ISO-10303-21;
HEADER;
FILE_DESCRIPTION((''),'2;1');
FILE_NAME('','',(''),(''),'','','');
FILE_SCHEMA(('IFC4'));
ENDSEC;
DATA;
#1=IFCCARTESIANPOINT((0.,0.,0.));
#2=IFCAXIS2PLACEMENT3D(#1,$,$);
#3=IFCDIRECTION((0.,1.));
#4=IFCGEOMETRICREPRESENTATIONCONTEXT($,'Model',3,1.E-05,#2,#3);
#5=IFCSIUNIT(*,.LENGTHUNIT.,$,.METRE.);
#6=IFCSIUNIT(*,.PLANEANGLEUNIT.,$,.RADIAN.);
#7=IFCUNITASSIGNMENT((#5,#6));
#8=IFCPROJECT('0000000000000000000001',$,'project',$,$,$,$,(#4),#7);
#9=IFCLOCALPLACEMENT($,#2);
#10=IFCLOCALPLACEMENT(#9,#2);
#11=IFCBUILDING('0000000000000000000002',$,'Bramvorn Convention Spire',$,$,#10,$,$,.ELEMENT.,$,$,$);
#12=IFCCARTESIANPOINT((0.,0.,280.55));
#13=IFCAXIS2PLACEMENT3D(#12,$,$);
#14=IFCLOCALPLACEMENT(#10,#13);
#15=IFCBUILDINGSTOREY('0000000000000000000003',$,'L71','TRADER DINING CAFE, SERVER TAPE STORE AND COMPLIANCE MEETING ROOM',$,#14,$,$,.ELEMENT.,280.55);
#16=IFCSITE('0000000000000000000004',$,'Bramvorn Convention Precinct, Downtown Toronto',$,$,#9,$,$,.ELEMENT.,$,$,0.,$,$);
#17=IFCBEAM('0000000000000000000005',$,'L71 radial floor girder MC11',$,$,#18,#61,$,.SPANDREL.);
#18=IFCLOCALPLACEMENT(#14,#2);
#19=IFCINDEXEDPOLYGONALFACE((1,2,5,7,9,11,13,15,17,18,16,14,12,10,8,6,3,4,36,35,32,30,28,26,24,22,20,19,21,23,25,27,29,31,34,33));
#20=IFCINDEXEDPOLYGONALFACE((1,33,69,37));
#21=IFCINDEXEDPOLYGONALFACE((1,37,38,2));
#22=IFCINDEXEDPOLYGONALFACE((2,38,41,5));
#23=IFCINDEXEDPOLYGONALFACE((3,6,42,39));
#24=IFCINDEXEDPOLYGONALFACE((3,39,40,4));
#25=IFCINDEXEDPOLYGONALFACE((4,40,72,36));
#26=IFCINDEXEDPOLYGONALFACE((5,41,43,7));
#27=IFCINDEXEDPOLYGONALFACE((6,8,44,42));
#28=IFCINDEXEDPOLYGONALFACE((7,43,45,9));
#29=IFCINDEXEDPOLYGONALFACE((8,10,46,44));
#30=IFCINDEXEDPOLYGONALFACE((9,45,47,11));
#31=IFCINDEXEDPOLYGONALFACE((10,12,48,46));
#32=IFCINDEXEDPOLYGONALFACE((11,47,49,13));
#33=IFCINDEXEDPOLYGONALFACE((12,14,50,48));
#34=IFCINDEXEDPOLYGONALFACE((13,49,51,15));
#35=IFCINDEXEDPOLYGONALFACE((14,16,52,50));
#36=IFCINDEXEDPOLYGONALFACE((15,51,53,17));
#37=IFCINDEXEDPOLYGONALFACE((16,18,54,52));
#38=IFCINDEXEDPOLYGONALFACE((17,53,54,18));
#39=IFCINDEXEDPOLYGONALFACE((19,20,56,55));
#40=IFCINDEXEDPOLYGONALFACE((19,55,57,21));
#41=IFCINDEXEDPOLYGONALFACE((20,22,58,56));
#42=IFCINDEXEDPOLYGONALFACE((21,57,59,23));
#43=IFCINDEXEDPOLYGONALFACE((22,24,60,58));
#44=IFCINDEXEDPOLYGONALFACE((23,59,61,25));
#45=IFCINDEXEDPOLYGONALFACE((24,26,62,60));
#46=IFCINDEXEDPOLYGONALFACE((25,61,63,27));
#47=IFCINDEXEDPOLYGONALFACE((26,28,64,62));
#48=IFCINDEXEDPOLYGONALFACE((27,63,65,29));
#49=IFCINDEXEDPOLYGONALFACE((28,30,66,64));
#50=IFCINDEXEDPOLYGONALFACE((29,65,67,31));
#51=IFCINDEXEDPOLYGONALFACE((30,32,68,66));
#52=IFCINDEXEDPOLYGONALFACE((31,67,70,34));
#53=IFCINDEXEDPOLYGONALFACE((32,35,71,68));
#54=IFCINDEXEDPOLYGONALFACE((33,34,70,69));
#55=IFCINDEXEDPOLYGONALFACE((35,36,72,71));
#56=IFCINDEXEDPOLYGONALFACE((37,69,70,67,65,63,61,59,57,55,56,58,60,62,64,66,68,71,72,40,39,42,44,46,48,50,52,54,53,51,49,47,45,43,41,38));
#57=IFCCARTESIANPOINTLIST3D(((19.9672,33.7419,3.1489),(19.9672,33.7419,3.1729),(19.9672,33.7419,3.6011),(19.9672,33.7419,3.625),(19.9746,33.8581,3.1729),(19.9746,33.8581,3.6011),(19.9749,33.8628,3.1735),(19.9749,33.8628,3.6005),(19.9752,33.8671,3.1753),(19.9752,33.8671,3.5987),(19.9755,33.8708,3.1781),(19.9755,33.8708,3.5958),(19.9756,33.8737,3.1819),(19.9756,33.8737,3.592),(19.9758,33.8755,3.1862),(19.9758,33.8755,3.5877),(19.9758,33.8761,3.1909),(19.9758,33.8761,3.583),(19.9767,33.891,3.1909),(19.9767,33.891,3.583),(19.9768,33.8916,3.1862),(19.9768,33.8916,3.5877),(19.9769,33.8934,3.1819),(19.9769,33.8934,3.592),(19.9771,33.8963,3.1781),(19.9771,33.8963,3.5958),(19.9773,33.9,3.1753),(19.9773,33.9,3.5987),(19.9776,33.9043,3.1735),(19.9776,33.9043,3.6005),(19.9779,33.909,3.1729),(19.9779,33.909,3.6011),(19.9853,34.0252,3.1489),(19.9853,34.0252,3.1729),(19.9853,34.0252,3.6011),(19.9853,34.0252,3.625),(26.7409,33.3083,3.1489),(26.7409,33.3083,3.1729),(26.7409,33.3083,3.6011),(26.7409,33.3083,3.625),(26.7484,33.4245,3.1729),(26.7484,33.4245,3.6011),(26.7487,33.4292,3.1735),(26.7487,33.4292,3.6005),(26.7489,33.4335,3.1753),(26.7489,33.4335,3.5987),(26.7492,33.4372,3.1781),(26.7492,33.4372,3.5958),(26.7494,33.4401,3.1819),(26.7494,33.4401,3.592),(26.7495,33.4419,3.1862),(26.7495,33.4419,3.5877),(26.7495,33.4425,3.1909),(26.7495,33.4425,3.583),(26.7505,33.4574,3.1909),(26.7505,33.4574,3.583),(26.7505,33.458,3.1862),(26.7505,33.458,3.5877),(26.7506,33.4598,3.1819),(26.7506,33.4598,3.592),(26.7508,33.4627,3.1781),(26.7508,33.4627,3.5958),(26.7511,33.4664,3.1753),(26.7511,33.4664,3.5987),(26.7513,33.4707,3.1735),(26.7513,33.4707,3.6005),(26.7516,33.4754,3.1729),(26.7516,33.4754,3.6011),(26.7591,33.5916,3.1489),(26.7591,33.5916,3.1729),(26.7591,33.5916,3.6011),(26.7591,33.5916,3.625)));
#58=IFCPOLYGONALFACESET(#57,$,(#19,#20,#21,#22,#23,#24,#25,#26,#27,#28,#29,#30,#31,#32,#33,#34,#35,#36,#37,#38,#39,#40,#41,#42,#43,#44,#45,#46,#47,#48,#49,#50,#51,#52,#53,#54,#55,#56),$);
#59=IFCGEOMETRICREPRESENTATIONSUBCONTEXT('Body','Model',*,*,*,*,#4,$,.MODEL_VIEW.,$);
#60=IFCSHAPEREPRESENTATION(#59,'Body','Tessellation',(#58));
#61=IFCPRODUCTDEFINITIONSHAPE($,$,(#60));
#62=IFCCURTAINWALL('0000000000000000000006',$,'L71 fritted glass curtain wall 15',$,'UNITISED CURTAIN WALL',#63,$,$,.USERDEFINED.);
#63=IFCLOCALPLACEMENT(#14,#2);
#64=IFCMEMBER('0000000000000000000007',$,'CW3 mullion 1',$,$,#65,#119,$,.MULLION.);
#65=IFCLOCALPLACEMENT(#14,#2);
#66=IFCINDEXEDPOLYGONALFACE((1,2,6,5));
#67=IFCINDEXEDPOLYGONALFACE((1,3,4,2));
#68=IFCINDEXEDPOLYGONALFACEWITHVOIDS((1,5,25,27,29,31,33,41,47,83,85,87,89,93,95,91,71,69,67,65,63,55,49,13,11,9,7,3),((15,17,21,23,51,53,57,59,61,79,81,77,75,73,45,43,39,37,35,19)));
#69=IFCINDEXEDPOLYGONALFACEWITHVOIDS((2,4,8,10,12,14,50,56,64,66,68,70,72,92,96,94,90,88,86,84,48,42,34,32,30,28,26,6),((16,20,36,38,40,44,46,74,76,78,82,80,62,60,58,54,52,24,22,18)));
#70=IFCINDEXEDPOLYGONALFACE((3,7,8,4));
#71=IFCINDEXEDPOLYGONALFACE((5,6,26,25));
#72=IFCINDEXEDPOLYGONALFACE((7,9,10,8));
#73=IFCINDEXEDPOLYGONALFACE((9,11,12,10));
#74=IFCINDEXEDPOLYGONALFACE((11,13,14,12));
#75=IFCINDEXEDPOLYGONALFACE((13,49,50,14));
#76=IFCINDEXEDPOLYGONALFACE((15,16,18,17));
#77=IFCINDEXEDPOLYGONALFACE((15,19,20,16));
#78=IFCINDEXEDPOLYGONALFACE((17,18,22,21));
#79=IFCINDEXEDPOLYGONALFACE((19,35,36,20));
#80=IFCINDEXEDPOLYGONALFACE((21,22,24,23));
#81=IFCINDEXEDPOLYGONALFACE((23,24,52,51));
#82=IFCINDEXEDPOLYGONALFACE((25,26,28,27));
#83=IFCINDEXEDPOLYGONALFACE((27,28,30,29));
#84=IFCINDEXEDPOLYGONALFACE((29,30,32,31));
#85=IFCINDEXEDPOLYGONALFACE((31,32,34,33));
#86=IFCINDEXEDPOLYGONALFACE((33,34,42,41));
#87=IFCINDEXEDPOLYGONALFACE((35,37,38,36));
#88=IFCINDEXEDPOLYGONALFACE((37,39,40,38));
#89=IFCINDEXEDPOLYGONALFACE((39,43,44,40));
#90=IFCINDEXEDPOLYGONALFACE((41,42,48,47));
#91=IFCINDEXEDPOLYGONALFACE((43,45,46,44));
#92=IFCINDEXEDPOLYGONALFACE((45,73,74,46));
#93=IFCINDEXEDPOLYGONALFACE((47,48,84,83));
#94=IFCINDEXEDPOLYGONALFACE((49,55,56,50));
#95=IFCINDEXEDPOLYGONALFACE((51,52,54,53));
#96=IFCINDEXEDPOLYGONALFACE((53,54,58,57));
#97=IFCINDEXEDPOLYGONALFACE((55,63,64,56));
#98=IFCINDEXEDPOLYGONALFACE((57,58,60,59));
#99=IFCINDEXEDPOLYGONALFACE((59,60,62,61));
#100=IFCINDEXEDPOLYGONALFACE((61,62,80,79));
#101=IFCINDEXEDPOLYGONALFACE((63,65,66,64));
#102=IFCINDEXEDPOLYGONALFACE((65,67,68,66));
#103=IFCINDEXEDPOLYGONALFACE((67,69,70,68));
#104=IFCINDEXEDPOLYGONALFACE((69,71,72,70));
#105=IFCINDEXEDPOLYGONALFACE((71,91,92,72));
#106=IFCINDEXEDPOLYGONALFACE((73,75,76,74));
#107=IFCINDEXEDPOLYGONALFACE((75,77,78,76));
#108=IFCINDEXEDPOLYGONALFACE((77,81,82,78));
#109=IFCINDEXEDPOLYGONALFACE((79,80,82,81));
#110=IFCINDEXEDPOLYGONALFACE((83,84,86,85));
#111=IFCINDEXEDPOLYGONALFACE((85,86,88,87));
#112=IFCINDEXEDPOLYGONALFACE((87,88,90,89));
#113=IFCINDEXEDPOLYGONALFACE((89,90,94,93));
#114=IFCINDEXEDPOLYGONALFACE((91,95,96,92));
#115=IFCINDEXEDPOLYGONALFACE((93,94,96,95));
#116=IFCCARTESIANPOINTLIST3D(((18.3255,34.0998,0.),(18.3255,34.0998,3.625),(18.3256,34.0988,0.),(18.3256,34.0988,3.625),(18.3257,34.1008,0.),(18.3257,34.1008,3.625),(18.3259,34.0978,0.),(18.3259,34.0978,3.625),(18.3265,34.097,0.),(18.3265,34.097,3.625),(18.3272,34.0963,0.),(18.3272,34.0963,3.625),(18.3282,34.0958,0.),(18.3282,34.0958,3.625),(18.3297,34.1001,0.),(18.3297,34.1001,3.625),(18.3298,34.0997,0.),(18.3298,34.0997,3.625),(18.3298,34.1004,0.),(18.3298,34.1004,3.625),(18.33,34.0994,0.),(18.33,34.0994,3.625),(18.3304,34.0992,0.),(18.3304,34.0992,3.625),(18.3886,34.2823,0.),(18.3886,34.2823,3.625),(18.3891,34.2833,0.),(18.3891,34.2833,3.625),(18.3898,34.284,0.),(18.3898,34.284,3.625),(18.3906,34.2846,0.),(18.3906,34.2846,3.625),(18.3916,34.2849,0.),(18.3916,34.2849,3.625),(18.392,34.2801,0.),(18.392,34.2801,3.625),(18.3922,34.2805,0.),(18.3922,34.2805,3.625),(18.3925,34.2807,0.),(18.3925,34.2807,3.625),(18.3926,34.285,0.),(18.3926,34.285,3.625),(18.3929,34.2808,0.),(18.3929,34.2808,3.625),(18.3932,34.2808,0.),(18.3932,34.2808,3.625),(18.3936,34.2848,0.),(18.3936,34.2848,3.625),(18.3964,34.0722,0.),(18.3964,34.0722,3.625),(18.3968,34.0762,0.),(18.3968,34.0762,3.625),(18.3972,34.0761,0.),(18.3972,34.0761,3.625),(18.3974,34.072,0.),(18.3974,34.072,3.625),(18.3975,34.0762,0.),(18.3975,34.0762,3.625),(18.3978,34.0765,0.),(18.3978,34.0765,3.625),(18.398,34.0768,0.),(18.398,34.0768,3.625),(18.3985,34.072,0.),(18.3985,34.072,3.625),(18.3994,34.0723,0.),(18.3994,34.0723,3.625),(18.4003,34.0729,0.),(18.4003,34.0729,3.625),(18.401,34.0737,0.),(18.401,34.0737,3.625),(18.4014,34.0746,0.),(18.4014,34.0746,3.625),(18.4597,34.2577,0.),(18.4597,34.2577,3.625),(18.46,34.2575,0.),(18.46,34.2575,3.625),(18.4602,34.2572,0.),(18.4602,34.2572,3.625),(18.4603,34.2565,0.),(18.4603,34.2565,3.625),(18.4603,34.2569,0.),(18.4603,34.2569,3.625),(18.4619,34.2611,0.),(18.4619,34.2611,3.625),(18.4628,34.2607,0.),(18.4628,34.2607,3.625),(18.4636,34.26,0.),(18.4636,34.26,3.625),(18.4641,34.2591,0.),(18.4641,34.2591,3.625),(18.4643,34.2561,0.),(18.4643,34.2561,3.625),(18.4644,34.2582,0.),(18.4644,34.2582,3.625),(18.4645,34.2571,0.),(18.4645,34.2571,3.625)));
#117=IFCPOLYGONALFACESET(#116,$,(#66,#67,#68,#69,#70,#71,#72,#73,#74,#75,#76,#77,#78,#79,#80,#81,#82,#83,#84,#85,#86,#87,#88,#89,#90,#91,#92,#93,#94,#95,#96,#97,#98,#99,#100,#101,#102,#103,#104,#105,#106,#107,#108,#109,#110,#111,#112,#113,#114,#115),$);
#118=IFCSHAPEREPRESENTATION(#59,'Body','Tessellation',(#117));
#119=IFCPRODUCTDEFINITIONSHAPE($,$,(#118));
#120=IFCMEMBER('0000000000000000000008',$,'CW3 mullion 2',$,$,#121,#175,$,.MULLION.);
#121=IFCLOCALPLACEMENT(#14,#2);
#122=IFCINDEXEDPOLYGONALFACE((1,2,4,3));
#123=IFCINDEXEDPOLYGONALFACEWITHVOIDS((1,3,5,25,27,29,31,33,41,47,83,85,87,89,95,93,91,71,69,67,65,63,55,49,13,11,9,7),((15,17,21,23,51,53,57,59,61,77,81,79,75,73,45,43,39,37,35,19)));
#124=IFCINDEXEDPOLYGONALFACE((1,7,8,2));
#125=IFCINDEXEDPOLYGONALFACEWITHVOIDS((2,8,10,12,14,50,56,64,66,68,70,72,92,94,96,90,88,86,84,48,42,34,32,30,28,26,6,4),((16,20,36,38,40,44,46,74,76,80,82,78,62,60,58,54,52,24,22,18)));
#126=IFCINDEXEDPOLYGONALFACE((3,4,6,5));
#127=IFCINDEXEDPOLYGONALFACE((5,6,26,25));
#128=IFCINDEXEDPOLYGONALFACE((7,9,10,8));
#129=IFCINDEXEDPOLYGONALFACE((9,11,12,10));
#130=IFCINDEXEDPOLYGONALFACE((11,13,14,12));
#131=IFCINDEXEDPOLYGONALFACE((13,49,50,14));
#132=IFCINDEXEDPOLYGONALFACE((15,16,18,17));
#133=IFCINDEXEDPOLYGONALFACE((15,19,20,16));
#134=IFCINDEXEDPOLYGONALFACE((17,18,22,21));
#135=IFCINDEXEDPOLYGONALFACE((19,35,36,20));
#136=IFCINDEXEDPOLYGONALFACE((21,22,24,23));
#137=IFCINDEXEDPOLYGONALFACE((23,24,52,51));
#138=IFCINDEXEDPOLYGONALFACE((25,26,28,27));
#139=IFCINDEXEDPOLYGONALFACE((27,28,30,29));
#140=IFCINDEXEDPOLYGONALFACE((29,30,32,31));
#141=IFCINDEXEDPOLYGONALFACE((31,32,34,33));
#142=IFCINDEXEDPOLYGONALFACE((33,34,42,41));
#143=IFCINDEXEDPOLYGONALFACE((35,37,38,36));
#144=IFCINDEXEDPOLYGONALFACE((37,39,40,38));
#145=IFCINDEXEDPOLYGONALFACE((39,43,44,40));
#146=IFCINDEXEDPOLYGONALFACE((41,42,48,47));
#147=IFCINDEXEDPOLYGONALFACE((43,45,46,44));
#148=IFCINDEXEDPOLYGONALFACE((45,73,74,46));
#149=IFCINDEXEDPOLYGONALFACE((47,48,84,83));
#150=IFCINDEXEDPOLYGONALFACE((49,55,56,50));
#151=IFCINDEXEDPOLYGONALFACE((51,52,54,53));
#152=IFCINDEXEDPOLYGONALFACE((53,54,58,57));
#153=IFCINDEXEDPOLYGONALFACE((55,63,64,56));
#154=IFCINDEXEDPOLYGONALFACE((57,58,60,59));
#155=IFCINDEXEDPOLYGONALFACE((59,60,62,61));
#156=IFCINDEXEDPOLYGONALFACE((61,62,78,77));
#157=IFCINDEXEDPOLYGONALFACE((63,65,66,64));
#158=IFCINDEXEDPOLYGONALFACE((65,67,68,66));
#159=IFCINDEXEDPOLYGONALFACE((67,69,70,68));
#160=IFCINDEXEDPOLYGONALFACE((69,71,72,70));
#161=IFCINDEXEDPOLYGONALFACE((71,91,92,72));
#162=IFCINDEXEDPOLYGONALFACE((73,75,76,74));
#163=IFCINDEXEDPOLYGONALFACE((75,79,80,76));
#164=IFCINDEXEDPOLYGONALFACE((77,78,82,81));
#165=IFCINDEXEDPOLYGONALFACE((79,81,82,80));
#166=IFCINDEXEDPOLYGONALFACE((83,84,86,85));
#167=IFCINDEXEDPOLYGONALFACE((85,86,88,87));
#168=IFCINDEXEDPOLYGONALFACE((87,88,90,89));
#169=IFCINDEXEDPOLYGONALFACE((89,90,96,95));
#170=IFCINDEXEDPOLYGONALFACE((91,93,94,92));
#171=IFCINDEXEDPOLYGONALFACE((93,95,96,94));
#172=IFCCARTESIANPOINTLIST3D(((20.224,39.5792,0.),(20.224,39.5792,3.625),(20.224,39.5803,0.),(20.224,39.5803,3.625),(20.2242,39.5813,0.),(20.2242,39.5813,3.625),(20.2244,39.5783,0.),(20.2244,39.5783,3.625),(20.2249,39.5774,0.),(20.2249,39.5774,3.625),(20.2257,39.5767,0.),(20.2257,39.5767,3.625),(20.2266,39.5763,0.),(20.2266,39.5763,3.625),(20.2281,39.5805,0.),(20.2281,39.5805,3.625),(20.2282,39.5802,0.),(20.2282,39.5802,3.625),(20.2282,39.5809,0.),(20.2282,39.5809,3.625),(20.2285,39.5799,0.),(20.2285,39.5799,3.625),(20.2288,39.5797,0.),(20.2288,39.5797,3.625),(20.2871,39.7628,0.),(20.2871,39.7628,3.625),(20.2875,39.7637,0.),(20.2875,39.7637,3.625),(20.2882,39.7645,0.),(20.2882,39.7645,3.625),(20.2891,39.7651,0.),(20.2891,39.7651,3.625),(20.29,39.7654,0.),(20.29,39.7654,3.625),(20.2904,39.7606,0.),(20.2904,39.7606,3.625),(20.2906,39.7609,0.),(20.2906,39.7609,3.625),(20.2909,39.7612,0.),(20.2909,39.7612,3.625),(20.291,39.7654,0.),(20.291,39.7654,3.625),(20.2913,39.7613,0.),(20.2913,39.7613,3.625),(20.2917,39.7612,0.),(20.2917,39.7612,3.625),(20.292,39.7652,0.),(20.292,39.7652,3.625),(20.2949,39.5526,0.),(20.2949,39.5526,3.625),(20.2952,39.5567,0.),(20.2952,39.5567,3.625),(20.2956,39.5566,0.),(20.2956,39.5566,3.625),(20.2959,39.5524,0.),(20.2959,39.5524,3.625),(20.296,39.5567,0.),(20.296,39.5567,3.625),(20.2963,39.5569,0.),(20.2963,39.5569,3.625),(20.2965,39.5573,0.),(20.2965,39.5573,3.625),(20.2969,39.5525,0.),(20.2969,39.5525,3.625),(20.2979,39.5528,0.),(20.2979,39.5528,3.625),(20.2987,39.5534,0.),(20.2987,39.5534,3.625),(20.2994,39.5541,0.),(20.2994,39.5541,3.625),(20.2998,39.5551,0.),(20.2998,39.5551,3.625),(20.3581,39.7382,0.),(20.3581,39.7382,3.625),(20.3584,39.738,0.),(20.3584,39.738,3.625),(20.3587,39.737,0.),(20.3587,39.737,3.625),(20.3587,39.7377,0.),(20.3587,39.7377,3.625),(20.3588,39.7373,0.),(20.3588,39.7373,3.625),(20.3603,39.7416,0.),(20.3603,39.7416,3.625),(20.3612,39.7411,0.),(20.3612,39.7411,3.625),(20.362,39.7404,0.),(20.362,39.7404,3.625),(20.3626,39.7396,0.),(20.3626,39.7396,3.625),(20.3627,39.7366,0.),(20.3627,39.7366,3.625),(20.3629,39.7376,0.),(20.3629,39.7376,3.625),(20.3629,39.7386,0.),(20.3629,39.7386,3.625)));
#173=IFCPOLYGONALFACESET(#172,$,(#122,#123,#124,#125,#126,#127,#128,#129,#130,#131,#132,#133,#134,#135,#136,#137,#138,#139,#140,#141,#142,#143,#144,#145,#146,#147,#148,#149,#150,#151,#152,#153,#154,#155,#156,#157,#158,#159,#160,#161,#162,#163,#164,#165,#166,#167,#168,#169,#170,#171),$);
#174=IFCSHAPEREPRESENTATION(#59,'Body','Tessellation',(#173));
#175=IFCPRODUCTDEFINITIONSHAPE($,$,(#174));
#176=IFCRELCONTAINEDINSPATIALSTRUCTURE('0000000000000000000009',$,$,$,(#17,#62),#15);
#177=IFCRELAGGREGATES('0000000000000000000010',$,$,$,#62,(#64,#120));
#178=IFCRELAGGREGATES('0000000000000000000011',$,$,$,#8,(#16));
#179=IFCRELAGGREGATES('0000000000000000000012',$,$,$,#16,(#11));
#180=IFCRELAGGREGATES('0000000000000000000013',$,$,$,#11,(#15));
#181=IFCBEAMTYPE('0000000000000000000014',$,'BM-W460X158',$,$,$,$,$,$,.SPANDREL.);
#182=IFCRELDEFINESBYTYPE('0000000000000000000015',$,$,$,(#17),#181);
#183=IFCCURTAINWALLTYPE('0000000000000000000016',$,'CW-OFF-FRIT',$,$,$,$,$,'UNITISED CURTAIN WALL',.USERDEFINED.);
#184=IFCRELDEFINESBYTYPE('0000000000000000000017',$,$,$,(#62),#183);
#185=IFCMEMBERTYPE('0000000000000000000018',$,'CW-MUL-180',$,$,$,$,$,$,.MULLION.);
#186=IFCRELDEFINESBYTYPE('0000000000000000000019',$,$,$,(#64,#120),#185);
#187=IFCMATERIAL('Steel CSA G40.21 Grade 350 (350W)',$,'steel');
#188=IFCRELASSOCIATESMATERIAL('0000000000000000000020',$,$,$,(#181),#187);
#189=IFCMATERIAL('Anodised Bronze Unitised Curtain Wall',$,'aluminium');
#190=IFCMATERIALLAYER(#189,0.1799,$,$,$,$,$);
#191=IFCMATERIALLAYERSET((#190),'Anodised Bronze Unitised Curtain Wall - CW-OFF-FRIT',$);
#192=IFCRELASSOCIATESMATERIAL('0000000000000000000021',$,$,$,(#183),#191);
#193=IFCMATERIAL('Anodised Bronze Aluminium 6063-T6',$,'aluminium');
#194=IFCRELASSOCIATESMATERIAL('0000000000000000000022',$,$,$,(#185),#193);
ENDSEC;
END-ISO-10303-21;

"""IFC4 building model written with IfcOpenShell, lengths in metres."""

from ifc_helpers import new_model, si_unit, direction, frame, origin, origin_2d, place, context, subcontext, project, spatial, hollow_rectangle, i_section, extrude, material, layer, layer_set, material_profile, profile_set, type_object, element, aggregate, save


model = new_model("IFC4")

# Units and contexts
model_context = context("Model", 3, precision=1e-05, world=origin(), true_north=direction((0.0, 1.0)))
body_context = subcontext(model_context, "Body", "Model", "MODEL_VIEW")
ifc_project = project(units=[si_unit("LENGTHUNIT", "METRE"), si_unit("PLANEANGLEUNIT", "RADIAN")], contexts=[model_context])

# Site, building, storey
site_placement = place(None, origin())
site = spatial("IfcSite", under=ifc_project, at=site_placement, Name="Bramvorn Convention Precinct, Downtown Toronto", CompositionType="ELEMENT", RefElevation=0.0)
building_placement = place(site_placement, origin())
building = spatial("IfcBuilding", under=site, at=building_placement, Name="Bramvorn Convention Spire", CompositionType="ELEMENT")
storey_placement = place(building_placement, frame((0.0, 0.0, 280.55)))
storey = spatial("IfcBuildingStorey", under=building, at=storey_placement, Name="L71", Description="TRADER DINING CAFE, SERVER TAPE STORE AND COMPLIANCE MEETING ROOM", CompositionType="ELEMENT", Elevation=280.55)

# Shared definitions
ifc_material_1 = material(Name="Steel CSA G40.21 Grade 350 (350W)", Category="steel")

# Beam
ifc_material_profile_1 = material_profile(ifc_material_1, i_section(OverallWidth=0.2839, OverallDepth=0.4761, WebThickness=0.0149, FlangeThickness=0.0239, FilletRadius=0.0181, at=origin_2d()))
ifc_profile_set_1 = profile_set([ifc_material_profile_1], Name="Steel CSA G40.21 Grade 350 (350W) - W460X158")
beam_type_1 = type_object("IfcBeamType", Name="BM-W460X158", PredefinedType="SPANDREL", material=ifc_profile_set_1)
beam_1_placement = place(storey_placement, frame((26.75, 33.45, 3.387), z_axis=(-0.997958, 0.063881, 0.0), x_axis=(-0.063881, -0.997958, 0.0)))
element("IfcBeam", 1, at=beam_1_placement, inside=storey, type_object=beam_type_1, Name="L71 radial floor girder MC11", PredefinedType="SPANDREL", context=body_context, shape_type="SweptSolid", body=[
    extrude(i_section(OverallWidth=0.2839, OverallDepth=0.4761, WebThickness=0.0149, FlangeThickness=0.0239, FilletRadius=0.0181, at=origin_2d()), origin(), (0.0, 0.0, 1.0), 6.7876),
])

# Curtain wall, members
ifc_material_2 = material(Name="Anodised Bronze Unitised Curtain Wall", Category="aluminium")
ifc_layer_1 = layer(ifc_material_2, 0.1799)
ifc_layer_set_1 = layer_set([ifc_layer_1], Name="Anodised Bronze Unitised Curtain Wall - CW-OFF-FRIT")
curtain_wall_type = type_object("IfcCurtainWallType", Name="CW-OFF-FRIT", ElementType="UNITISED CURTAIN WALL", PredefinedType="USERDEFINED", material=ifc_layer_set_1)
curtain_wall_placement = place(storey_placement, origin())
curtain_wall = element("IfcCurtainWall", 2, at=curtain_wall_placement, inside=storey, type_object=curtain_wall_type, Name="L71 fritted glass curtain wall 15", ObjectType="UNITISED CURTAIN WALL", PredefinedType="USERDEFINED")
ifc_material_3 = material(Name="Anodised Bronze Aluminium 6063-T6", Category="aluminium")
ifc_material_profile_2 = material_profile(ifc_material_3, hollow_rectangle(XDim=0.0801, YDim=0.2, WallThickness=0.0039, InnerFilletRadius=0.001, OuterFilletRadius=0.0039, at=origin_2d()))
ifc_profile_set_2 = profile_set([ifc_material_profile_2], Name="Anodised Bronze Aluminium 6063-T6 - CWM80X200")
member_type_1 = type_object("IfcMemberType", Name="CW-MUL-180", PredefinedType="MULLION", material=ifc_profile_set_2)
member_1_placement = place(storey_placement, frame((18.395, 34.1785, 0.0), z_axis=(0.0, 0.0, 1.0), x_axis=(-0.944919, 0.327305, 0.0)))
member_1 = element("IfcMember", 3, at=member_1_placement, type_object=member_type_1, Name="CW3 mullion 1", PredefinedType="MULLION", context=body_context, shape_type="SweptSolid", body=[
    extrude(hollow_rectangle(XDim=0.0801, YDim=0.2, WallThickness=0.0039, InnerFilletRadius=0.001, OuterFilletRadius=0.0039, at=origin_2d()), origin(), (0.0, 0.0, 1.0), 3.625),
])
member_2_placement = place(storey_placement, frame((20.2935, 39.6589, 0.0), z_axis=(0.0, 0.0, 1.0), x_axis=(-0.944919, 0.327305, 0.0)))
member_2 = element("IfcMember", 4, at=member_2_placement, type_object=member_type_1, Name="CW3 mullion 2", PredefinedType="MULLION", context=body_context, shape_type="SweptSolid", body=[
    extrude(hollow_rectangle(XDim=0.0801, YDim=0.2, WallThickness=0.0039, InnerFilletRadius=0.001, OuterFilletRadius=0.0039, at=origin_2d()), origin(), (0.0, 0.0, 1.0), 3.625),
])

aggregate(curtain_wall, [member_1, member_2])

save(model, "model.ifc")
